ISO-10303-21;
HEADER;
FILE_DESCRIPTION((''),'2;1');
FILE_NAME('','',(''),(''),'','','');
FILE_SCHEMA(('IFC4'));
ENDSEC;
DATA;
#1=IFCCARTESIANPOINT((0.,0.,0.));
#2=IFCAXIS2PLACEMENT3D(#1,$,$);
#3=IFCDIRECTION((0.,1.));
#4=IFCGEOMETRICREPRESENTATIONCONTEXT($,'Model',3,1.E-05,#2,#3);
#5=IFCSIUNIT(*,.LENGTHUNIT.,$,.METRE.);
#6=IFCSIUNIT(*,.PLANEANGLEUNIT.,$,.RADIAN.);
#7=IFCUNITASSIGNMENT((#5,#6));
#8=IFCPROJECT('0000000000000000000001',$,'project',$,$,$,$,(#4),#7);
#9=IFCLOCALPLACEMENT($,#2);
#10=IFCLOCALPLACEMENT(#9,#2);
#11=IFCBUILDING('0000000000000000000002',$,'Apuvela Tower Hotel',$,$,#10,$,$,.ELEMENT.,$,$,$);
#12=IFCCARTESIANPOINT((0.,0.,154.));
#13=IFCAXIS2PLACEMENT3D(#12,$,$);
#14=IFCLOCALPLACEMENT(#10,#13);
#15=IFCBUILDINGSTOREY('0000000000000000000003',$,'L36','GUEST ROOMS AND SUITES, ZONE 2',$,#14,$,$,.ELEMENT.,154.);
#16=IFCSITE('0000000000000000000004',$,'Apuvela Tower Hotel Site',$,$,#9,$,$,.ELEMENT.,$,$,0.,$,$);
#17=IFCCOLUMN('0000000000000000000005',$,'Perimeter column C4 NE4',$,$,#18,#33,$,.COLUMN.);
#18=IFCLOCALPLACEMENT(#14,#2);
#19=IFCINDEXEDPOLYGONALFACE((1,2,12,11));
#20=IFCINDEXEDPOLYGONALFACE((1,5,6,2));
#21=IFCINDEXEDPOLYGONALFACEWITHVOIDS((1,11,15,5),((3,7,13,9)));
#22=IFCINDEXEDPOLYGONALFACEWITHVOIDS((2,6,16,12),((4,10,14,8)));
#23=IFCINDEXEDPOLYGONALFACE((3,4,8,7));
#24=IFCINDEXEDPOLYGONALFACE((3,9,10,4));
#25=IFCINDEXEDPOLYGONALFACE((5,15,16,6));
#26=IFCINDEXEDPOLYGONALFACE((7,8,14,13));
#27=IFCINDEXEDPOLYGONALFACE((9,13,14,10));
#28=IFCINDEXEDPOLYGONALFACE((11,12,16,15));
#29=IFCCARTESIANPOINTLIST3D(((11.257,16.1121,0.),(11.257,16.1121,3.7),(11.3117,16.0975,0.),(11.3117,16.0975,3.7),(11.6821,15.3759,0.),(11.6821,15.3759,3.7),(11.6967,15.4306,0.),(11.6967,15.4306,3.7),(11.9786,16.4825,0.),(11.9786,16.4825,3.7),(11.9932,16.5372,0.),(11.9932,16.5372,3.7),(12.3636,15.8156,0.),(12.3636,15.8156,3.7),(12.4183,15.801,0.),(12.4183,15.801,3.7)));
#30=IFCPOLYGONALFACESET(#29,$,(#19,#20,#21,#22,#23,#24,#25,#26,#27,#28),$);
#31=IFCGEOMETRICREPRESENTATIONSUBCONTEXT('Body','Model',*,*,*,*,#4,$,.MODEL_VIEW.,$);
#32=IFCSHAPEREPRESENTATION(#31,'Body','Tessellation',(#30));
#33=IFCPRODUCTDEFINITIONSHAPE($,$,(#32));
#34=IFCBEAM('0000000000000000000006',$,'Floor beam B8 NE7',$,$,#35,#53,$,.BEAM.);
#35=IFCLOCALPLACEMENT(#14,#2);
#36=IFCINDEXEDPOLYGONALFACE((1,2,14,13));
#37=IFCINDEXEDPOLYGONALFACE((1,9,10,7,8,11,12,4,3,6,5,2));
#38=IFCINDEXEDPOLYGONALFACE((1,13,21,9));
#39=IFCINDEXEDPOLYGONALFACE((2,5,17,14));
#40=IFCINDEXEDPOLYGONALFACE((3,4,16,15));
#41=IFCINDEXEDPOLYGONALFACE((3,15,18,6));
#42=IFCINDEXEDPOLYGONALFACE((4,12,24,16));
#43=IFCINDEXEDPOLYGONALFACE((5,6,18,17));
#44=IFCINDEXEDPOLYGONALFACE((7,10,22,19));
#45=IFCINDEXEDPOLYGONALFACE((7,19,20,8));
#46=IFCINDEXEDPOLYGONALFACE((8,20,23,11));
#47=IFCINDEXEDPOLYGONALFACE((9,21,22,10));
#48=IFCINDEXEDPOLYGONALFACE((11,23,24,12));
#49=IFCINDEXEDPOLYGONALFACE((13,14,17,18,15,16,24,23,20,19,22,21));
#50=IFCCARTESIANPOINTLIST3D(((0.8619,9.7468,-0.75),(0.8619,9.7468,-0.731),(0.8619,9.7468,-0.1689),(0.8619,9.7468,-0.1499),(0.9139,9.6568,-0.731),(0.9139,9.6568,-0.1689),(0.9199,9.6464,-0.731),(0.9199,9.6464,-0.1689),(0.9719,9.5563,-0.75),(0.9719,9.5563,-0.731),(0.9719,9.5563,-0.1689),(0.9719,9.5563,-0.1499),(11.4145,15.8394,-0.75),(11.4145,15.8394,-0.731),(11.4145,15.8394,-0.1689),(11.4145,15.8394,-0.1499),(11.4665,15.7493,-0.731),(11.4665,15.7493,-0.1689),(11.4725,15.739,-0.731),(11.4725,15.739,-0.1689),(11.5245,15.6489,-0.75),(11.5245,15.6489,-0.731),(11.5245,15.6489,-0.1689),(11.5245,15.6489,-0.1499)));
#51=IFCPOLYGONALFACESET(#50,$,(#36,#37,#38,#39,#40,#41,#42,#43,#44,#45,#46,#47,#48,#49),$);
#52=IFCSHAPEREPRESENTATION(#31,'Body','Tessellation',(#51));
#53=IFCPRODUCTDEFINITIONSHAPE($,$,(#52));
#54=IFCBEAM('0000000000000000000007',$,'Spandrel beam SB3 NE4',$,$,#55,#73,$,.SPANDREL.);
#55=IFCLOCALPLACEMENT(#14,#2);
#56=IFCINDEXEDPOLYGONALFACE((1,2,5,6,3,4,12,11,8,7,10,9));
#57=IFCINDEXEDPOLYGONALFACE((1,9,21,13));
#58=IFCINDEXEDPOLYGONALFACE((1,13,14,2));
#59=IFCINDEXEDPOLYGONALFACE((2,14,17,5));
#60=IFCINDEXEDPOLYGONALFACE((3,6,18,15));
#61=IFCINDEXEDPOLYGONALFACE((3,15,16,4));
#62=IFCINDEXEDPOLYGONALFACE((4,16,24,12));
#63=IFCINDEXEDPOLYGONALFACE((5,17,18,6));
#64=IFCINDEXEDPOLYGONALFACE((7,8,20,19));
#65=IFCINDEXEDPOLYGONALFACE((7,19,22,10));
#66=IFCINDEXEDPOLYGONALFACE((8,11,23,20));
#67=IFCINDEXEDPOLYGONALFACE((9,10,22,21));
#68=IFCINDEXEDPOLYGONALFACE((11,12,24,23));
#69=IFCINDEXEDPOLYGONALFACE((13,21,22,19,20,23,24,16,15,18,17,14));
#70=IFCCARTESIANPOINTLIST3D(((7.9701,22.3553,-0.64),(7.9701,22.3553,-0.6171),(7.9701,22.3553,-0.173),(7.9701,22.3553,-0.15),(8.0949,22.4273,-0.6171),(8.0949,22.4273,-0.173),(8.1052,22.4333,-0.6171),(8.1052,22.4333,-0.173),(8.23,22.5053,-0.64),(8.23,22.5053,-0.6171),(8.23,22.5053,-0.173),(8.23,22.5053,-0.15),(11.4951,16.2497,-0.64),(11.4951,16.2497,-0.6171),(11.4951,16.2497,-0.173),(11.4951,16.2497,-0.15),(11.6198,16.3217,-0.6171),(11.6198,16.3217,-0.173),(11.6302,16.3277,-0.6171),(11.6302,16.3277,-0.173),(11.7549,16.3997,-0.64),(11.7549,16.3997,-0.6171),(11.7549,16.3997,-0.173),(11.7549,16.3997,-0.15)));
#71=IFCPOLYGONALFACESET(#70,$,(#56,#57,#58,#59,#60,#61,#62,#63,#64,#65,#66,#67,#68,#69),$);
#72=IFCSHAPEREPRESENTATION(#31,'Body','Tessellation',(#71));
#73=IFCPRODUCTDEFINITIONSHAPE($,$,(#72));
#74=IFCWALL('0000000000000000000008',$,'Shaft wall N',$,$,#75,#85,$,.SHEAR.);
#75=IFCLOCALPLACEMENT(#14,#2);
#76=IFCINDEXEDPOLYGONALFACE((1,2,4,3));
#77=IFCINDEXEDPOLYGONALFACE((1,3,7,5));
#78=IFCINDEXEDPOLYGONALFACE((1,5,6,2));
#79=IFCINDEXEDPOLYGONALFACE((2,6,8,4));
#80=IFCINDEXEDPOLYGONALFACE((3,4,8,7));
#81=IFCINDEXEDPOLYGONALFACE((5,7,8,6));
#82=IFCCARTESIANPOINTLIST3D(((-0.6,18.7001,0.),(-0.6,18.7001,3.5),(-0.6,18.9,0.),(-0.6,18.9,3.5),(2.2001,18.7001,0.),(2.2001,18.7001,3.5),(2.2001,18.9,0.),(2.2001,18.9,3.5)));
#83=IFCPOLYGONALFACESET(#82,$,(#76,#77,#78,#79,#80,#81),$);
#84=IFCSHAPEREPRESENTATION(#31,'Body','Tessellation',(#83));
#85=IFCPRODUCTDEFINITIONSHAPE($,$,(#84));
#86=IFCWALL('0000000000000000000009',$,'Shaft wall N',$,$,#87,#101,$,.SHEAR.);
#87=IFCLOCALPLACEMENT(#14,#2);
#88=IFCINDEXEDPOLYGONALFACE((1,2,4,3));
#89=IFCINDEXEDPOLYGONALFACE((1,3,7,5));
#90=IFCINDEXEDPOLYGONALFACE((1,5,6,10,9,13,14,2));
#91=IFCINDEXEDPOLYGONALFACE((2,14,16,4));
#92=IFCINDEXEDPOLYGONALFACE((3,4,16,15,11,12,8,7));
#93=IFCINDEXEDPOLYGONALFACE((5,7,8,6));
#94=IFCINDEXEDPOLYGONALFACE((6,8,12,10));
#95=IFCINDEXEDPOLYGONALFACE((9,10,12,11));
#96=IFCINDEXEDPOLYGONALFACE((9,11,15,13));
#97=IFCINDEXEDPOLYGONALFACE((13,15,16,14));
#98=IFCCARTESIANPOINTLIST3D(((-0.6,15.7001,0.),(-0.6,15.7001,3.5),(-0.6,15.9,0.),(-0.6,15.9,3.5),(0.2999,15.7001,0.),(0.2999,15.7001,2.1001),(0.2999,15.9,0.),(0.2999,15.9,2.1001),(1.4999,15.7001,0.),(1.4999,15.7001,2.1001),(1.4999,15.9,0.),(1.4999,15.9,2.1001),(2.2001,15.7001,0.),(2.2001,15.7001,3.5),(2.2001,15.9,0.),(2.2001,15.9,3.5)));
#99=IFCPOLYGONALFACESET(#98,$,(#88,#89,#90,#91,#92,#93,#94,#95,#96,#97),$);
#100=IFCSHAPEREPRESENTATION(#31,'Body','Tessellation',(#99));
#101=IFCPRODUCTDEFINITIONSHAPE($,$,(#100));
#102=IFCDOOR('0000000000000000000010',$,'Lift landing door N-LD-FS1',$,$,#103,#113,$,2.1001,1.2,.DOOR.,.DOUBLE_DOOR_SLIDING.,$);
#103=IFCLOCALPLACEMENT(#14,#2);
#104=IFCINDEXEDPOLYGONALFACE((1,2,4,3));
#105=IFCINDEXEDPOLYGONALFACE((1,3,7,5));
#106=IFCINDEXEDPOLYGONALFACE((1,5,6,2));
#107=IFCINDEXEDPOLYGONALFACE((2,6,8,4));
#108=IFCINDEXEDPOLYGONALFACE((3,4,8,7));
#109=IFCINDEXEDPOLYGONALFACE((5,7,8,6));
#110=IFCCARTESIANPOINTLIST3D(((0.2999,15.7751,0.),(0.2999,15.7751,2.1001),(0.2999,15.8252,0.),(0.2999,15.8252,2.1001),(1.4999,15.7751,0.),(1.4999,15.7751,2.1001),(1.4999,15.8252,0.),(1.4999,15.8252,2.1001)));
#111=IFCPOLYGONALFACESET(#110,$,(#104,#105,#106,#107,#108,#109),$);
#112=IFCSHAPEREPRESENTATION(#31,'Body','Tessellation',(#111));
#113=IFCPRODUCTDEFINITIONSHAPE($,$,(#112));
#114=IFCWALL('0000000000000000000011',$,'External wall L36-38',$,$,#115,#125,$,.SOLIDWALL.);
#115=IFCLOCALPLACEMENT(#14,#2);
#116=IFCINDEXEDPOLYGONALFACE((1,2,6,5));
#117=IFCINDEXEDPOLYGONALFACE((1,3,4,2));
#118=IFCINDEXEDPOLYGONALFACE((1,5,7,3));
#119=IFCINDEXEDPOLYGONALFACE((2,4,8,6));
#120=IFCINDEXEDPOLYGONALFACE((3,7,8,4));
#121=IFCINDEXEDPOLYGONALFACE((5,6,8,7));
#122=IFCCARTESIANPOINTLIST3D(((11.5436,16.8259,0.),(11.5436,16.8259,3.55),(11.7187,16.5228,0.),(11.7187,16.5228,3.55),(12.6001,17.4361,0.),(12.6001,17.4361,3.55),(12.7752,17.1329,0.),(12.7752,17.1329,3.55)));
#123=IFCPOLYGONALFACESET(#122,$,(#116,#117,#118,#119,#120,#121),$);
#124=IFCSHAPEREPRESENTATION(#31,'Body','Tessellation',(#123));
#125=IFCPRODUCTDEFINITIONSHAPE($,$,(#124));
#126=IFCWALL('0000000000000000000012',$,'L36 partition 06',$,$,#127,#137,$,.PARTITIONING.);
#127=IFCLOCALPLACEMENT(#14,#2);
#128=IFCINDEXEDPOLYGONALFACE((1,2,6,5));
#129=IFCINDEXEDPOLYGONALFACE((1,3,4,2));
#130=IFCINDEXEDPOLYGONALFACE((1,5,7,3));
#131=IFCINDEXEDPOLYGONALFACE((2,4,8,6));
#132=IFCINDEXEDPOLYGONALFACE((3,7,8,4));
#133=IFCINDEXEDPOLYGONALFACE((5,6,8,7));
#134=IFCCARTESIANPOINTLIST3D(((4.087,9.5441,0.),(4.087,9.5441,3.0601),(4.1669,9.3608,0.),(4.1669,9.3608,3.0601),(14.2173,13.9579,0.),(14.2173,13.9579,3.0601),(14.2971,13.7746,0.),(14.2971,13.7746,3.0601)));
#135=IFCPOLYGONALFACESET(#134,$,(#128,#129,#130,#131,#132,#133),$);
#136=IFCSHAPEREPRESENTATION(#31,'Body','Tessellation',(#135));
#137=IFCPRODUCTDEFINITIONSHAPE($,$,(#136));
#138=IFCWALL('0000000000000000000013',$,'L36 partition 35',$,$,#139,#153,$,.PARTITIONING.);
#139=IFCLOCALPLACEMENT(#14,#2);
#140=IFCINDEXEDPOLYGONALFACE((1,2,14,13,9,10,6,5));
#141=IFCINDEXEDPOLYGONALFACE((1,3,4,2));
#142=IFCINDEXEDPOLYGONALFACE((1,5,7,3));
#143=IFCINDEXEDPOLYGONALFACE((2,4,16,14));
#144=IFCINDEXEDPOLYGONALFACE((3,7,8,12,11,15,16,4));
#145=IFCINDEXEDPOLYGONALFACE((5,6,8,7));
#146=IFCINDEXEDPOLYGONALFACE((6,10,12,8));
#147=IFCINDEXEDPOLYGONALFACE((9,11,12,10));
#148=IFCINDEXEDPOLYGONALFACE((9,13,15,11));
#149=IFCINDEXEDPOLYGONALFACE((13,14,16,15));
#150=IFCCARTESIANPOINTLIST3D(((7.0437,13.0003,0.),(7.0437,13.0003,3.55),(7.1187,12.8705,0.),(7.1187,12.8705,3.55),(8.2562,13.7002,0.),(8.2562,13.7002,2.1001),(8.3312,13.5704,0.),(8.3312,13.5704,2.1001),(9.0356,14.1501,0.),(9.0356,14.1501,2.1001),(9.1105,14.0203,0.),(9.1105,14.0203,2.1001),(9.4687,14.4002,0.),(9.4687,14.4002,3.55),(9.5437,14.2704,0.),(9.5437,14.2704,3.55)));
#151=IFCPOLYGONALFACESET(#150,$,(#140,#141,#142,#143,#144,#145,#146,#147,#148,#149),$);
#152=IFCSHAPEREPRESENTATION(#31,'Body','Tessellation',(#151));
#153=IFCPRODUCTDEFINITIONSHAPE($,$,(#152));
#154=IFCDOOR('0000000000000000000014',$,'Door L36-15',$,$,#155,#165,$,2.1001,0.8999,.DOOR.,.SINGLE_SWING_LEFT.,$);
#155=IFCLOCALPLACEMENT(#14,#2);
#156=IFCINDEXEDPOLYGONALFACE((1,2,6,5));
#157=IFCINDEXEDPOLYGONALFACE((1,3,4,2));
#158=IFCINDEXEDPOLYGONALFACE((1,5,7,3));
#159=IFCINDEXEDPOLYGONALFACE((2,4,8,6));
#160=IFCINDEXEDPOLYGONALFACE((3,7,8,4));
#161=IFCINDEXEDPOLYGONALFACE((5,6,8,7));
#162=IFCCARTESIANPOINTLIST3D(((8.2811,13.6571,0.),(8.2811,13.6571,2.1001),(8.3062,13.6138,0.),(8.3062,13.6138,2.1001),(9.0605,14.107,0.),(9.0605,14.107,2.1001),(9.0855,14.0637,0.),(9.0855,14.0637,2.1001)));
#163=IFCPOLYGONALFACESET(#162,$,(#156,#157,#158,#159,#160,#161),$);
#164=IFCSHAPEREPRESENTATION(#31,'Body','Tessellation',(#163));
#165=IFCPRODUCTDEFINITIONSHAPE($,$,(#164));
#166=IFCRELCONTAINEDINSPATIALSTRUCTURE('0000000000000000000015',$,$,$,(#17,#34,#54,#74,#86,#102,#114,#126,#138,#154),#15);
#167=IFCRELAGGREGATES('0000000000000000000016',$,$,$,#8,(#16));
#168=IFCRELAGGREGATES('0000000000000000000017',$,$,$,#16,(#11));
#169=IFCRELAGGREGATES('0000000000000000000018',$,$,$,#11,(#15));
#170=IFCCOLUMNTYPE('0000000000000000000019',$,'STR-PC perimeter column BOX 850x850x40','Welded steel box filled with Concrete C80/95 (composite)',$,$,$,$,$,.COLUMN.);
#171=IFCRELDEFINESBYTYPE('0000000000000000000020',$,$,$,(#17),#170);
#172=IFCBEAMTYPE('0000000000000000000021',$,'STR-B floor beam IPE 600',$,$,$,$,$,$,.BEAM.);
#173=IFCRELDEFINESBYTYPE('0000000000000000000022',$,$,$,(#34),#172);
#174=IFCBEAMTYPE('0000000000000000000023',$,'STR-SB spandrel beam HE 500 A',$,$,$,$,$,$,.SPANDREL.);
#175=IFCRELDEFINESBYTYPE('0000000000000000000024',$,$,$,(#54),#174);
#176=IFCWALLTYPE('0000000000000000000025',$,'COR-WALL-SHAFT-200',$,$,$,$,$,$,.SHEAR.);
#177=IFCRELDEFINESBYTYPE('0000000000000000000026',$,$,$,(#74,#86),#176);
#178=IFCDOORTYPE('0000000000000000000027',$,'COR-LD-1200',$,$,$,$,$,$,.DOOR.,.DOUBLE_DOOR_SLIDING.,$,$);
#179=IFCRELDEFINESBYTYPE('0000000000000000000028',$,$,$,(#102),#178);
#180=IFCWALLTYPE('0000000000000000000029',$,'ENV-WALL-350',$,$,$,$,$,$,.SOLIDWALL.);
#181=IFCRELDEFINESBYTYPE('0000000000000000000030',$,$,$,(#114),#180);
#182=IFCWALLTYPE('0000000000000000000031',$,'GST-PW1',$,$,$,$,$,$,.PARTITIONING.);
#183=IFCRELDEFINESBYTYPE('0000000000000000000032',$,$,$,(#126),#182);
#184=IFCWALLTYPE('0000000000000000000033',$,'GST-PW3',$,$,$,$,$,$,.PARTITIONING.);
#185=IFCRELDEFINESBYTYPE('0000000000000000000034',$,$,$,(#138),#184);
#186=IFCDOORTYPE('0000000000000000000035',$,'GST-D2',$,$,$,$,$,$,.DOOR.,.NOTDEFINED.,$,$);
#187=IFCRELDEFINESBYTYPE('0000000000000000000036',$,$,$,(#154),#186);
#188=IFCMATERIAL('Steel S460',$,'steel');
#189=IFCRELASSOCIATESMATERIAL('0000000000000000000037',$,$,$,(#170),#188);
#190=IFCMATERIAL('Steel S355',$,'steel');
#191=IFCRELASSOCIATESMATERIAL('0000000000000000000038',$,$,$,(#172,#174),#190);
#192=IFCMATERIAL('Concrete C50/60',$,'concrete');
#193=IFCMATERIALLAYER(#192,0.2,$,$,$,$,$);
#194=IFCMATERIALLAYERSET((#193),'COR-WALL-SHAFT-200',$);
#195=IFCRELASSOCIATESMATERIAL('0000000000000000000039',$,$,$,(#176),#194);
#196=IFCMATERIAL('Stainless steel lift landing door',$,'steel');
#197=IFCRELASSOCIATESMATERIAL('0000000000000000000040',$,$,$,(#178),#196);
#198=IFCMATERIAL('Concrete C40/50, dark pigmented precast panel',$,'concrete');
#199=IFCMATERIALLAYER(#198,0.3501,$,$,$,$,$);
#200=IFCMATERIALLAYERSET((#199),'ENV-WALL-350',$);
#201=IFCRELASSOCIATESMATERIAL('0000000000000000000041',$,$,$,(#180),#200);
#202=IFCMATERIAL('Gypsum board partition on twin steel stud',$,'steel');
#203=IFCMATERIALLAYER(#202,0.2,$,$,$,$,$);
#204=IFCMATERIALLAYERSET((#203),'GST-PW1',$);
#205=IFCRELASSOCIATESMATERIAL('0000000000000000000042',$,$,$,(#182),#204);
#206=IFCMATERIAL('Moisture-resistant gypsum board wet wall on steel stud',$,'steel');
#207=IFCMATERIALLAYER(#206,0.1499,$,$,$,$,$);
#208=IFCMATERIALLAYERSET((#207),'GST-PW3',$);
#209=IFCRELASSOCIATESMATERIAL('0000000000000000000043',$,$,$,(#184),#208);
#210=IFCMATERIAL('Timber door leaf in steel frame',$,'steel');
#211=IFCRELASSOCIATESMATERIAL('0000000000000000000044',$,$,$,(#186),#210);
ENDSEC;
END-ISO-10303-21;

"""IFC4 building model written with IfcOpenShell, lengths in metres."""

from ifc_helpers import new_model, si_unit, direction, frame, frame_2d, origin, origin_2d, place, context, subcontext, project, spatial, rectangle, hollow_rectangle, i_section, extrude, material, layer, layer_set, material_profile, profile_set, type_object, element, fill, save


model = new_model("IFC4")

# Units and contexts
model_context = context("Model", 3, precision=1e-05, world=origin(), true_north=direction((0.0, 1.0)))
body_context = subcontext(model_context, "Body", "Model", "MODEL_VIEW")
ifc_project = project(units=[si_unit("LENGTHUNIT", "METRE"), si_unit("PLANEANGLEUNIT", "RADIAN")], contexts=[model_context])

# Site, building, storey
site_placement = place(None, origin())
site = spatial("IfcSite", under=ifc_project, at=site_placement, Name="Apuvela Tower Hotel Site", CompositionType="ELEMENT", RefElevation=0.0)
building_placement = place(site_placement, origin())
building = spatial("IfcBuilding", under=site, at=building_placement, Name="Apuvela Tower Hotel", CompositionType="ELEMENT")
storey_placement = place(building_placement, frame((0.0, 0.0, 154.0)))
storey = spatial("IfcBuildingStorey", under=building, at=storey_placement, Name="L36", Description="GUEST ROOMS AND SUITES, ZONE 2", CompositionType="ELEMENT", Elevation=154.0)

# Column
ifc_material_1 = material(Name="Steel S460", Category="steel")
ifc_material_profile_1 = material_profile(ifc_material_1, hollow_rectangle(XDim=0.8501, YDim=0.8501, WallThickness=0.04, at=origin_2d()), Name="BOX 850x850x40")
ifc_material_2 = material(Name="Concrete C80/95", Category="concrete")
ifc_material_profile_2 = material_profile(ifc_material_2, rectangle(XDim=0.77, YDim=0.77, at=origin_2d()), Name="Concrete C80/95 infill")
ifc_profile_set_1 = profile_set([ifc_material_profile_1, ifc_material_profile_2], Name="Steel S460")
column_type = type_object("IfcColumnType", Name="STR-PC perimeter column BOX 850x850x40", Description="Welded steel box filled with Concrete C80/95 (composite)", PredefinedType="COLUMN", material=ifc_profile_set_1)
column_placement = place(storey_placement, frame((11.8376, 15.9565, 0.0), z_axis=(0.0, 0.0, 1.0), x_axis=(-0.5, 0.866025, 0.0)))
element("IfcColumn", 1, at=column_placement, inside=storey, type_object=column_type, Name="Perimeter column C4 NE4", PredefinedType="COLUMN", context=body_context, shape_type="SweptSolid", body=[
    extrude(hollow_rectangle(XDim=0.8501, YDim=0.8501, WallThickness=0.04, at=origin_2d()), origin(), (0.0, 0.0, 1.0), 3.7),
])

# Beams
ifc_material_3 = material(Name="Steel S355", Category="steel")
ifc_material_profile_3 = material_profile(ifc_material_3, i_section(OverallWidth=0.22, OverallDepth=0.6001, WebThickness=0.012, FlangeThickness=0.019, at=origin_2d()), Name="IPE 600")
ifc_profile_set_2 = profile_set([ifc_material_profile_3], Name="Steel S355")
beam_type_1 = type_object("IfcBeamType", Name="STR-B floor beam IPE 600", PredefinedType="BEAM", material=ifc_profile_set_2)
beam_1_placement = place(storey_placement, frame((11.4695, 15.7441, -0.45), z_axis=(-0.866024, -0.500003, 0.0), x_axis=(0.500003, -0.866024, 0.0)))
element("IfcBeam", 2, at=beam_1_placement, inside=storey, type_object=beam_type_1, Name="Floor beam B8 NE7", PredefinedType="BEAM", context=body_context, shape_type="SweptSolid", body=[
    extrude(i_section(OverallWidth=0.22, OverallDepth=0.6001, WebThickness=0.012, FlangeThickness=0.019, at=origin_2d()), origin(), (0.0, 0.0, 1.0), 12.1851),
])
ifc_material_profile_4 = material_profile(ifc_material_3, i_section(OverallWidth=0.3, OverallDepth=0.49, WebThickness=0.012, FlangeThickness=0.0229, at=origin_2d()), Name="HE 500 A")
ifc_profile_set_3 = profile_set([ifc_material_profile_4], Name="Steel S355")
beam_type_2 = type_object("IfcBeamType", Name="STR-SB spandrel beam HE 500 A", PredefinedType="SPANDREL", material=ifc_profile_set_3)
beam_2_placement = place(storey_placement, frame((11.625, 16.3247, -0.395), z_axis=(-0.49999, 0.866031, 0.0), x_axis=(-0.866031, -0.49999, 0.0)))
element("IfcBeam", 3, at=beam_2_placement, inside=storey, type_object=beam_type_2, Name="Spandrel beam SB3 NE4", PredefinedType="SPANDREL", context=body_context, shape_type="SweptSolid", body=[
    extrude(i_section(OverallWidth=0.3, OverallDepth=0.49, WebThickness=0.012, FlangeThickness=0.0229, at=origin_2d()), origin(), (0.0, 0.0, 1.0), 7.05),
])

# Wall
ifc_material_4 = material(Name="Concrete C50/60", Category="concrete")
ifc_layer_1 = layer(ifc_material_4, 0.2)
ifc_layer_set_1 = layer_set([ifc_layer_1], Name="COR-WALL-SHAFT-200")
wall_type_1 = type_object("IfcWallType", Name="COR-WALL-SHAFT-200", PredefinedType="SHEAR", material=ifc_layer_set_1)
wall_1_placement = place(storey_placement, frame((2.2, 18.8, 0.0), z_axis=(0.0, 0.0, 1.0), x_axis=(-1.0, 0.0, 0.0)))
element("IfcWall", 4, at=wall_1_placement, inside=storey, type_object=wall_type_1, Name="Shaft wall N", PredefinedType="SHEAR", context=body_context, shape_type="SweptSolid", body=[
    extrude(rectangle(XDim=2.8, YDim=0.2, at=frame_2d((1.3999, 0.0))), origin(), (0.0, 0.0, 1.0), 3.5),
])

# Wall, opening, door
wall_2_placement = place(storey_placement, frame((2.2, 15.8, 0.0), z_axis=(0.0, 0.0, 1.0), x_axis=(-1.0, 0.0, 0.0)))
wall_2 = element("IfcWall", 5, at=wall_2_placement, inside=storey, type_object=wall_type_1, Name="Shaft wall N", PredefinedType="SHEAR", context=body_context, shape_type="SweptSolid", body=[
    extrude(rectangle(XDim=2.8, YDim=0.2, at=frame_2d((1.3999, 0.0))), origin(), (0.0, 0.0, 1.0), 3.5),
])
opening_1_placement = place(wall_2_placement, frame((0.7, 0.0, 0.0)))
opening_1 = element("IfcOpeningElement", 6, at=opening_1_placement, cuts=wall_2, PredefinedType="OPENING", context=body_context, shape_type="SweptSolid", body=[
    extrude(rectangle(XDim=1.2, YDim=2.1001, at=frame_2d((0.6001, 1.05))), frame((0.0, 0.1099, 0.0), z_axis=(0.0, -1.0, 0.0), x_axis=(1.0, 0.0, 0.0)), (0.0, 0.0, 1.0), 0.22),
])
ifc_material_5 = material(Name="Stainless steel lift landing door", Category="steel")
door_type_1 = type_object("IfcDoorType", Name="COR-LD-1200", OperationType="DOUBLE_DOOR_SLIDING", PredefinedType="DOOR", material=ifc_material_5)
door_1_placement = place(opening_1_placement, origin())
door_1 = element("IfcDoor", 7, at=door_1_placement, inside=storey, type_object=door_type_1, Name="Lift landing door N-LD-FS1", OperationType="DOUBLE_DOOR_SLIDING", OverallHeight=2.1001, OverallWidth=1.2, PredefinedType="DOOR", context=body_context, shape_type="SweptSolid", body=[
    extrude(rectangle(XDim=1.2, YDim=2.1001, at=frame_2d((0.6001, 1.05))), frame((0.0, 0.0249, 0.0), z_axis=(0.0, -1.0, 0.0), x_axis=(1.0, 0.0, 0.0)), (0.0, 0.0, 1.0), 0.05),
])
fill(opening_1, door_1)

# Wall
ifc_material_6 = material(Name="Concrete C40/50, dark pigmented precast panel", Category="concrete")
ifc_layer_2 = layer(ifc_material_6, 0.3501)
ifc_layer_set_2 = layer_set([ifc_layer_2], Name="ENV-WALL-350")
wall_type_2 = type_object("IfcWallType", Name="ENV-WALL-350", PredefinedType="SOLIDWALL", material=ifc_layer_set_2)
wall_3_placement = place(storey_placement, frame((12.6875, 17.2844, 0.0), z_axis=(0.0, 0.0, 1.0), x_axis=(-0.865956, -0.500121, 0.0)))
element("IfcWall", 8, at=wall_3_placement, inside=storey, type_object=wall_type_2, Name="External wall L36-38", PredefinedType="SOLIDWALL", context=body_context, shape_type="SweptSolid", body=[
    extrude(rectangle(XDim=1.22, YDim=0.3501, at=frame_2d((0.6099, 0.0))), origin(), (0.0, 0.0, 1.0), 3.55),
])

# Wall
ifc_material_7 = material(Name="Gypsum board partition on twin steel stud", Category="steel")
ifc_layer_3 = layer(ifc_material_7, 0.2)
ifc_layer_set_3 = layer_set([ifc_layer_3], Name="GST-PW1")
wall_type_3 = type_object("IfcWallType", Name="GST-PW1", PredefinedType="PARTITIONING", material=ifc_layer_set_3)
wall_4_placement = place(storey_placement, frame((14.2571, 13.8662, 0.0), z_axis=(0.0, 0.0, 1.0), x_axis=(-0.916762, -0.399435, 0.0)))
element("IfcWall", 9, at=wall_4_placement, inside=storey, type_object=wall_type_3, Name="L36 partition 06", PredefinedType="PARTITIONING", context=body_context, shape_type="SweptSolid", body=[
    extrude(rectangle(XDim=11.05, YDim=0.2, at=frame_2d((5.5249, 0.0))), origin(), (0.0, 0.0, 1.0), 3.0601),
])

# Wall, opening, door
ifc_material_8 = material(Name="Moisture-resistant gypsum board wet wall on steel stud", Category="steel")
ifc_layer_4 = layer(ifc_material_8, 0.1499)
ifc_layer_set_4 = layer_set([ifc_layer_4], Name="GST-PW3")
wall_type_4 = type_object("IfcWallType", Name="GST-PW3", PredefinedType="PARTITIONING", material=ifc_layer_set_4)
wall_5_placement = place(storey_placement, frame((9.5061, 14.3352, 0.0), z_axis=(0.0, 0.0, 1.0), x_axis=(-0.866056, -0.499946, 0.0)))
wall_5 = element("IfcWall", 10, at=wall_5_placement, inside=storey, type_object=wall_type_4, Name="L36 partition 35", PredefinedType="PARTITIONING", context=body_context, shape_type="SweptSolid", body=[
    extrude(rectangle(XDim=2.8, YDim=0.1499, at=frame_2d((1.3999, 0.0))), origin(), (0.0, 0.0, 1.0), 3.55),
])
opening_2_placement = place(wall_5_placement, frame((0.5, 0.0, 0.0)))
opening_2 = element("IfcOpeningElement", 11, at=opening_2_placement, cuts=wall_5, PredefinedType="OPENING", context=body_context, shape_type="SweptSolid", body=[
    extrude(rectangle(XDim=0.8999, YDim=2.1001, at=frame_2d((0.45, 1.05))), frame((0.0, 0.085, 0.0), z_axis=(0.0, -1.0, 0.0), x_axis=(1.0, 0.0, 0.0)), (0.0, 0.0, 1.0), 0.1699),
])
ifc_material_9 = material(Name="Timber door leaf in steel frame", Category="steel")
door_type_2 = type_object("IfcDoorType", Name="GST-D2", OperationType="NOTDEFINED", PredefinedType="DOOR", material=ifc_material_9)
door_2_placement = place(opening_2_placement, origin())
door_2 = element("IfcDoor", 12, at=door_2_placement, inside=storey, type_object=door_type_2, Name="Door L36-15", OperationType="SINGLE_SWING_LEFT", OverallHeight=2.1001, OverallWidth=0.8999, PredefinedType="DOOR", context=body_context, shape_type="SweptSolid", body=[
    extrude(rectangle(XDim=0.8999, YDim=2.1001, at=frame_2d((0.45, 1.05))), frame((0.0, 0.0249, 0.0), z_axis=(0.0, -1.0, 0.0), x_axis=(1.0, 0.0, 0.0)), (0.0, 0.0, 1.0), 0.05),
])
fill(opening_2, door_2)

save(model, "model.ifc")
